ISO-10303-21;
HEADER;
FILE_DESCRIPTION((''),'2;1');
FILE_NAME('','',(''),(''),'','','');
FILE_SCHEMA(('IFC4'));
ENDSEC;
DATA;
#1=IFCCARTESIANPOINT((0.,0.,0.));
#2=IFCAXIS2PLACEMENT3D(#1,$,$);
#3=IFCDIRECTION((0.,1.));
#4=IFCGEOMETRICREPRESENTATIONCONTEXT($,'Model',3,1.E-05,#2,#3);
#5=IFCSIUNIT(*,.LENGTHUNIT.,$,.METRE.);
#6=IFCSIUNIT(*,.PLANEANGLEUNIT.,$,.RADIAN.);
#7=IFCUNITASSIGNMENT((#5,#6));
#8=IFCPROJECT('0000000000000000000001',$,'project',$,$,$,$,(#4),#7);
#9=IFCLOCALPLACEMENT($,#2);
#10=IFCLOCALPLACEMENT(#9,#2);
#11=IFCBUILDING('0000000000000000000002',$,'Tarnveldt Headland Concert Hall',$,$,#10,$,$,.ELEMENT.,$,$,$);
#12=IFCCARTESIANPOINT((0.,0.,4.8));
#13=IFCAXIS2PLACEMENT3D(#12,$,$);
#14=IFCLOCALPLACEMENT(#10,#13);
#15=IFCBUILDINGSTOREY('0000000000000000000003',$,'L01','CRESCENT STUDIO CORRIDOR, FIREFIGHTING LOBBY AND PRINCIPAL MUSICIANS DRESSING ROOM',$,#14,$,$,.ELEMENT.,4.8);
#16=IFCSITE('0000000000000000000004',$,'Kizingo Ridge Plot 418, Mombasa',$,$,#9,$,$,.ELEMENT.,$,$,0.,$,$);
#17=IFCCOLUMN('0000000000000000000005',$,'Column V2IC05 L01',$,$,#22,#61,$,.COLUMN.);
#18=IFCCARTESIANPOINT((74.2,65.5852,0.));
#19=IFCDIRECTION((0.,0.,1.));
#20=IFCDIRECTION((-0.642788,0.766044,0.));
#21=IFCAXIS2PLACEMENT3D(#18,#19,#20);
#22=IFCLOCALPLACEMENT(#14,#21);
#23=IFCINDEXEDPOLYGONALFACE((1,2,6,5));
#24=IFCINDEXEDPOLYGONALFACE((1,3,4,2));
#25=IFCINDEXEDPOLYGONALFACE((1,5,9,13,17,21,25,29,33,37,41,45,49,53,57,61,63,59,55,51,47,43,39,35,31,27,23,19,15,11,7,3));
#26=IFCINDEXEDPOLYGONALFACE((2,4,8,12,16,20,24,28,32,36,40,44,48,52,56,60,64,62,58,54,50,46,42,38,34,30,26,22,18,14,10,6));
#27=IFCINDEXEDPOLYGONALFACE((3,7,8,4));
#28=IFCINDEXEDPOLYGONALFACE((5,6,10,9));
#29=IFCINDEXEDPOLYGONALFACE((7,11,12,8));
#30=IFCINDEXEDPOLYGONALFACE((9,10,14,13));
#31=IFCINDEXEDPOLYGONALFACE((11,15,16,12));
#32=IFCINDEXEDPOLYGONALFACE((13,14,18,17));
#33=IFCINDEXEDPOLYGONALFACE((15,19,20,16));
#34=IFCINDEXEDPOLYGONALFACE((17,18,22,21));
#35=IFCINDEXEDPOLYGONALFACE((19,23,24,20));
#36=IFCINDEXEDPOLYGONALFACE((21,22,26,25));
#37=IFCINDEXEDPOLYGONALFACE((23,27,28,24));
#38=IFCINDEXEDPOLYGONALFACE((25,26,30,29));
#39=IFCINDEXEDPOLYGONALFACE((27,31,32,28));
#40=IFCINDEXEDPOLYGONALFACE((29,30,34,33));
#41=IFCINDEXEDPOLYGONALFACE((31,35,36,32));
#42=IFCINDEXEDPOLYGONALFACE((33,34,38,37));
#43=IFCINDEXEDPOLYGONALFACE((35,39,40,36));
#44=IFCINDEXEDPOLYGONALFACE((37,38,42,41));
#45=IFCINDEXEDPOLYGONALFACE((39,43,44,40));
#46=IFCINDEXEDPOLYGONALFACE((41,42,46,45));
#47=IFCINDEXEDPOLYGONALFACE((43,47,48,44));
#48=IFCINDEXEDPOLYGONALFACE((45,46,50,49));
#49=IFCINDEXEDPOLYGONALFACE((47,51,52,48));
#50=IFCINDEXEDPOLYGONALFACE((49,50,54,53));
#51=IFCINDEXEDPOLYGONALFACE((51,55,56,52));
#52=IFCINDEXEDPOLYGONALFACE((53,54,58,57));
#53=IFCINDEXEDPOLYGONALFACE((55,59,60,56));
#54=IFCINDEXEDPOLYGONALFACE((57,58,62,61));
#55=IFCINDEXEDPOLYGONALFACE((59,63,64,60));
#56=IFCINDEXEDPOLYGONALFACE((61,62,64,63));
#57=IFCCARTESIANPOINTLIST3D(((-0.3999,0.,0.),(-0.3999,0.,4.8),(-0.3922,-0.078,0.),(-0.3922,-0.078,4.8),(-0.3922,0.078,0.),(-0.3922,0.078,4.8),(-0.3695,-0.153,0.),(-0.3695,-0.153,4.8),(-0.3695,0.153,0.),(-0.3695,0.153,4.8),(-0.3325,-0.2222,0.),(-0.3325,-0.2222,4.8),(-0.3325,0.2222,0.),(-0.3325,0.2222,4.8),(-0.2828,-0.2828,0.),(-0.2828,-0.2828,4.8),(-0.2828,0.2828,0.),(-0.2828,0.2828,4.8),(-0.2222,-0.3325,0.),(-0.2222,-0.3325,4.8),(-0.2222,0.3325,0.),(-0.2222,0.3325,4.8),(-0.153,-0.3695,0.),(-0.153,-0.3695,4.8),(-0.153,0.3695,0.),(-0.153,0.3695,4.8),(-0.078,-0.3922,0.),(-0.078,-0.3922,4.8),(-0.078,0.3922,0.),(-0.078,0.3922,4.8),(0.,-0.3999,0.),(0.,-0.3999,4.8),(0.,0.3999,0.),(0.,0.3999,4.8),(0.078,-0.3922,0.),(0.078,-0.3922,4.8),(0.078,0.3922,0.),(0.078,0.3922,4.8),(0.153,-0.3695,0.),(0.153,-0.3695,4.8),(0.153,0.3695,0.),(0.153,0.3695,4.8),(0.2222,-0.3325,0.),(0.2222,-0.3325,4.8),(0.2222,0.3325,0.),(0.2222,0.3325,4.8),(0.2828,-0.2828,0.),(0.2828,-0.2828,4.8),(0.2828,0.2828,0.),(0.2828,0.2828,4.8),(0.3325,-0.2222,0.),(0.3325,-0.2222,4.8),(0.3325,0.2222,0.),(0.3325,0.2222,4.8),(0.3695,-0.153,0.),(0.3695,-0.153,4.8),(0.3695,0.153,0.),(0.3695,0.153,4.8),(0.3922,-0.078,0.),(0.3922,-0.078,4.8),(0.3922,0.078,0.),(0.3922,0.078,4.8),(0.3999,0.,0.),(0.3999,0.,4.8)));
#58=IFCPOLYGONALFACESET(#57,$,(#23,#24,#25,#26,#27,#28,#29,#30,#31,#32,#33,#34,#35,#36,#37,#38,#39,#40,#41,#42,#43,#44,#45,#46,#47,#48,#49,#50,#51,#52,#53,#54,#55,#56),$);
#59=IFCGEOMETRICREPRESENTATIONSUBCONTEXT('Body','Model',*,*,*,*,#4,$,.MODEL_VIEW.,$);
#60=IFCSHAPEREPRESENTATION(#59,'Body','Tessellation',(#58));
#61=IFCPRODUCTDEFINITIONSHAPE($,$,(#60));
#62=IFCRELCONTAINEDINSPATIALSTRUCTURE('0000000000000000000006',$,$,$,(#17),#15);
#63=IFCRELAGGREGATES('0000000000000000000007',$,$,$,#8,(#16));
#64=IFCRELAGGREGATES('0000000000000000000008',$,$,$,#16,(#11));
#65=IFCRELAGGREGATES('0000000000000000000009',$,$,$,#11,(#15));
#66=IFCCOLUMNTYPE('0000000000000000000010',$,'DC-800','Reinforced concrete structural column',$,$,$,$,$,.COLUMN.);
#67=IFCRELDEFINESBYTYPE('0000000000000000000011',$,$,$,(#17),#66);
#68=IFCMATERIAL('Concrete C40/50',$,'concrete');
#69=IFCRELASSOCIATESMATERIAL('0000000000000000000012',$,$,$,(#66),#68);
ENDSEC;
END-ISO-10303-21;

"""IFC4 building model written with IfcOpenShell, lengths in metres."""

from ifc_helpers import new_model, si_unit, direction, frame, origin, origin_2d, place, context, subcontext, project, spatial, circle, extrude, material, material_profile, profile_set, type_object, element, save


model = new_model("IFC4")

# Units and contexts
model_context = context("Model", 3, precision=1e-05, world=origin(), true_north=direction((0.0, 1.0)))
body_context = subcontext(model_context, "Body", "Model", "MODEL_VIEW")
ifc_project = project(units=[si_unit("LENGTHUNIT", "METRE"), si_unit("PLANEANGLEUNIT", "RADIAN")], contexts=[model_context])

# Site, building, storey
site_placement = place(None, origin())
site = spatial("IfcSite", under=ifc_project, at=site_placement, Name="Kizingo Ridge Plot 418, Mombasa", CompositionType="ELEMENT", RefElevation=0.0)
building_placement = place(site_placement, origin())
building = spatial("IfcBuilding", under=site, at=building_placement, Name="Tarnveldt Headland Concert Hall", CompositionType="ELEMENT")
storey_placement = place(building_placement, frame((0.0, 0.0, 4.8)))
storey = spatial("IfcBuildingStorey", under=building, at=storey_placement, Name="L01", Description="CRESCENT STUDIO CORRIDOR, FIREFIGHTING LOBBY AND PRINCIPAL MUSICIANS DRESSING ROOM", CompositionType="ELEMENT", Elevation=4.8)

# Column
ifc_material_1 = material(Name="Concrete C40/50", Category="concrete")
ifc_material_profile_1 = material_profile(ifc_material_1, circle(Radius=0.3999, at=origin_2d()), Name="RC D800", Category="concrete")
ifc_profile_set_1 = profile_set([ifc_material_profile_1], Name="Concrete C40/50")
column_type_1 = type_object("IfcColumnType", Name="DC-800", Description="Reinforced concrete structural column", PredefinedType="COLUMN", material=ifc_profile_set_1)
column_placement = place(storey_placement, frame((74.2, 65.5852, 0.0), z_axis=(0.0, 0.0, 1.0), x_axis=(-0.642788, 0.766044, 0.0)))
element("IfcColumn", 1, at=column_placement, inside=storey, type_object=column_type_1, Name="Column V2IC05 L01", PredefinedType="COLUMN", context=body_context, shape_type="SweptSolid", body=[
    extrude(circle(Radius=0.3999, at=origin_2d()), origin(), (0.0, 0.0, 1.0), 4.8),
])

save(model, "model.ifc")
